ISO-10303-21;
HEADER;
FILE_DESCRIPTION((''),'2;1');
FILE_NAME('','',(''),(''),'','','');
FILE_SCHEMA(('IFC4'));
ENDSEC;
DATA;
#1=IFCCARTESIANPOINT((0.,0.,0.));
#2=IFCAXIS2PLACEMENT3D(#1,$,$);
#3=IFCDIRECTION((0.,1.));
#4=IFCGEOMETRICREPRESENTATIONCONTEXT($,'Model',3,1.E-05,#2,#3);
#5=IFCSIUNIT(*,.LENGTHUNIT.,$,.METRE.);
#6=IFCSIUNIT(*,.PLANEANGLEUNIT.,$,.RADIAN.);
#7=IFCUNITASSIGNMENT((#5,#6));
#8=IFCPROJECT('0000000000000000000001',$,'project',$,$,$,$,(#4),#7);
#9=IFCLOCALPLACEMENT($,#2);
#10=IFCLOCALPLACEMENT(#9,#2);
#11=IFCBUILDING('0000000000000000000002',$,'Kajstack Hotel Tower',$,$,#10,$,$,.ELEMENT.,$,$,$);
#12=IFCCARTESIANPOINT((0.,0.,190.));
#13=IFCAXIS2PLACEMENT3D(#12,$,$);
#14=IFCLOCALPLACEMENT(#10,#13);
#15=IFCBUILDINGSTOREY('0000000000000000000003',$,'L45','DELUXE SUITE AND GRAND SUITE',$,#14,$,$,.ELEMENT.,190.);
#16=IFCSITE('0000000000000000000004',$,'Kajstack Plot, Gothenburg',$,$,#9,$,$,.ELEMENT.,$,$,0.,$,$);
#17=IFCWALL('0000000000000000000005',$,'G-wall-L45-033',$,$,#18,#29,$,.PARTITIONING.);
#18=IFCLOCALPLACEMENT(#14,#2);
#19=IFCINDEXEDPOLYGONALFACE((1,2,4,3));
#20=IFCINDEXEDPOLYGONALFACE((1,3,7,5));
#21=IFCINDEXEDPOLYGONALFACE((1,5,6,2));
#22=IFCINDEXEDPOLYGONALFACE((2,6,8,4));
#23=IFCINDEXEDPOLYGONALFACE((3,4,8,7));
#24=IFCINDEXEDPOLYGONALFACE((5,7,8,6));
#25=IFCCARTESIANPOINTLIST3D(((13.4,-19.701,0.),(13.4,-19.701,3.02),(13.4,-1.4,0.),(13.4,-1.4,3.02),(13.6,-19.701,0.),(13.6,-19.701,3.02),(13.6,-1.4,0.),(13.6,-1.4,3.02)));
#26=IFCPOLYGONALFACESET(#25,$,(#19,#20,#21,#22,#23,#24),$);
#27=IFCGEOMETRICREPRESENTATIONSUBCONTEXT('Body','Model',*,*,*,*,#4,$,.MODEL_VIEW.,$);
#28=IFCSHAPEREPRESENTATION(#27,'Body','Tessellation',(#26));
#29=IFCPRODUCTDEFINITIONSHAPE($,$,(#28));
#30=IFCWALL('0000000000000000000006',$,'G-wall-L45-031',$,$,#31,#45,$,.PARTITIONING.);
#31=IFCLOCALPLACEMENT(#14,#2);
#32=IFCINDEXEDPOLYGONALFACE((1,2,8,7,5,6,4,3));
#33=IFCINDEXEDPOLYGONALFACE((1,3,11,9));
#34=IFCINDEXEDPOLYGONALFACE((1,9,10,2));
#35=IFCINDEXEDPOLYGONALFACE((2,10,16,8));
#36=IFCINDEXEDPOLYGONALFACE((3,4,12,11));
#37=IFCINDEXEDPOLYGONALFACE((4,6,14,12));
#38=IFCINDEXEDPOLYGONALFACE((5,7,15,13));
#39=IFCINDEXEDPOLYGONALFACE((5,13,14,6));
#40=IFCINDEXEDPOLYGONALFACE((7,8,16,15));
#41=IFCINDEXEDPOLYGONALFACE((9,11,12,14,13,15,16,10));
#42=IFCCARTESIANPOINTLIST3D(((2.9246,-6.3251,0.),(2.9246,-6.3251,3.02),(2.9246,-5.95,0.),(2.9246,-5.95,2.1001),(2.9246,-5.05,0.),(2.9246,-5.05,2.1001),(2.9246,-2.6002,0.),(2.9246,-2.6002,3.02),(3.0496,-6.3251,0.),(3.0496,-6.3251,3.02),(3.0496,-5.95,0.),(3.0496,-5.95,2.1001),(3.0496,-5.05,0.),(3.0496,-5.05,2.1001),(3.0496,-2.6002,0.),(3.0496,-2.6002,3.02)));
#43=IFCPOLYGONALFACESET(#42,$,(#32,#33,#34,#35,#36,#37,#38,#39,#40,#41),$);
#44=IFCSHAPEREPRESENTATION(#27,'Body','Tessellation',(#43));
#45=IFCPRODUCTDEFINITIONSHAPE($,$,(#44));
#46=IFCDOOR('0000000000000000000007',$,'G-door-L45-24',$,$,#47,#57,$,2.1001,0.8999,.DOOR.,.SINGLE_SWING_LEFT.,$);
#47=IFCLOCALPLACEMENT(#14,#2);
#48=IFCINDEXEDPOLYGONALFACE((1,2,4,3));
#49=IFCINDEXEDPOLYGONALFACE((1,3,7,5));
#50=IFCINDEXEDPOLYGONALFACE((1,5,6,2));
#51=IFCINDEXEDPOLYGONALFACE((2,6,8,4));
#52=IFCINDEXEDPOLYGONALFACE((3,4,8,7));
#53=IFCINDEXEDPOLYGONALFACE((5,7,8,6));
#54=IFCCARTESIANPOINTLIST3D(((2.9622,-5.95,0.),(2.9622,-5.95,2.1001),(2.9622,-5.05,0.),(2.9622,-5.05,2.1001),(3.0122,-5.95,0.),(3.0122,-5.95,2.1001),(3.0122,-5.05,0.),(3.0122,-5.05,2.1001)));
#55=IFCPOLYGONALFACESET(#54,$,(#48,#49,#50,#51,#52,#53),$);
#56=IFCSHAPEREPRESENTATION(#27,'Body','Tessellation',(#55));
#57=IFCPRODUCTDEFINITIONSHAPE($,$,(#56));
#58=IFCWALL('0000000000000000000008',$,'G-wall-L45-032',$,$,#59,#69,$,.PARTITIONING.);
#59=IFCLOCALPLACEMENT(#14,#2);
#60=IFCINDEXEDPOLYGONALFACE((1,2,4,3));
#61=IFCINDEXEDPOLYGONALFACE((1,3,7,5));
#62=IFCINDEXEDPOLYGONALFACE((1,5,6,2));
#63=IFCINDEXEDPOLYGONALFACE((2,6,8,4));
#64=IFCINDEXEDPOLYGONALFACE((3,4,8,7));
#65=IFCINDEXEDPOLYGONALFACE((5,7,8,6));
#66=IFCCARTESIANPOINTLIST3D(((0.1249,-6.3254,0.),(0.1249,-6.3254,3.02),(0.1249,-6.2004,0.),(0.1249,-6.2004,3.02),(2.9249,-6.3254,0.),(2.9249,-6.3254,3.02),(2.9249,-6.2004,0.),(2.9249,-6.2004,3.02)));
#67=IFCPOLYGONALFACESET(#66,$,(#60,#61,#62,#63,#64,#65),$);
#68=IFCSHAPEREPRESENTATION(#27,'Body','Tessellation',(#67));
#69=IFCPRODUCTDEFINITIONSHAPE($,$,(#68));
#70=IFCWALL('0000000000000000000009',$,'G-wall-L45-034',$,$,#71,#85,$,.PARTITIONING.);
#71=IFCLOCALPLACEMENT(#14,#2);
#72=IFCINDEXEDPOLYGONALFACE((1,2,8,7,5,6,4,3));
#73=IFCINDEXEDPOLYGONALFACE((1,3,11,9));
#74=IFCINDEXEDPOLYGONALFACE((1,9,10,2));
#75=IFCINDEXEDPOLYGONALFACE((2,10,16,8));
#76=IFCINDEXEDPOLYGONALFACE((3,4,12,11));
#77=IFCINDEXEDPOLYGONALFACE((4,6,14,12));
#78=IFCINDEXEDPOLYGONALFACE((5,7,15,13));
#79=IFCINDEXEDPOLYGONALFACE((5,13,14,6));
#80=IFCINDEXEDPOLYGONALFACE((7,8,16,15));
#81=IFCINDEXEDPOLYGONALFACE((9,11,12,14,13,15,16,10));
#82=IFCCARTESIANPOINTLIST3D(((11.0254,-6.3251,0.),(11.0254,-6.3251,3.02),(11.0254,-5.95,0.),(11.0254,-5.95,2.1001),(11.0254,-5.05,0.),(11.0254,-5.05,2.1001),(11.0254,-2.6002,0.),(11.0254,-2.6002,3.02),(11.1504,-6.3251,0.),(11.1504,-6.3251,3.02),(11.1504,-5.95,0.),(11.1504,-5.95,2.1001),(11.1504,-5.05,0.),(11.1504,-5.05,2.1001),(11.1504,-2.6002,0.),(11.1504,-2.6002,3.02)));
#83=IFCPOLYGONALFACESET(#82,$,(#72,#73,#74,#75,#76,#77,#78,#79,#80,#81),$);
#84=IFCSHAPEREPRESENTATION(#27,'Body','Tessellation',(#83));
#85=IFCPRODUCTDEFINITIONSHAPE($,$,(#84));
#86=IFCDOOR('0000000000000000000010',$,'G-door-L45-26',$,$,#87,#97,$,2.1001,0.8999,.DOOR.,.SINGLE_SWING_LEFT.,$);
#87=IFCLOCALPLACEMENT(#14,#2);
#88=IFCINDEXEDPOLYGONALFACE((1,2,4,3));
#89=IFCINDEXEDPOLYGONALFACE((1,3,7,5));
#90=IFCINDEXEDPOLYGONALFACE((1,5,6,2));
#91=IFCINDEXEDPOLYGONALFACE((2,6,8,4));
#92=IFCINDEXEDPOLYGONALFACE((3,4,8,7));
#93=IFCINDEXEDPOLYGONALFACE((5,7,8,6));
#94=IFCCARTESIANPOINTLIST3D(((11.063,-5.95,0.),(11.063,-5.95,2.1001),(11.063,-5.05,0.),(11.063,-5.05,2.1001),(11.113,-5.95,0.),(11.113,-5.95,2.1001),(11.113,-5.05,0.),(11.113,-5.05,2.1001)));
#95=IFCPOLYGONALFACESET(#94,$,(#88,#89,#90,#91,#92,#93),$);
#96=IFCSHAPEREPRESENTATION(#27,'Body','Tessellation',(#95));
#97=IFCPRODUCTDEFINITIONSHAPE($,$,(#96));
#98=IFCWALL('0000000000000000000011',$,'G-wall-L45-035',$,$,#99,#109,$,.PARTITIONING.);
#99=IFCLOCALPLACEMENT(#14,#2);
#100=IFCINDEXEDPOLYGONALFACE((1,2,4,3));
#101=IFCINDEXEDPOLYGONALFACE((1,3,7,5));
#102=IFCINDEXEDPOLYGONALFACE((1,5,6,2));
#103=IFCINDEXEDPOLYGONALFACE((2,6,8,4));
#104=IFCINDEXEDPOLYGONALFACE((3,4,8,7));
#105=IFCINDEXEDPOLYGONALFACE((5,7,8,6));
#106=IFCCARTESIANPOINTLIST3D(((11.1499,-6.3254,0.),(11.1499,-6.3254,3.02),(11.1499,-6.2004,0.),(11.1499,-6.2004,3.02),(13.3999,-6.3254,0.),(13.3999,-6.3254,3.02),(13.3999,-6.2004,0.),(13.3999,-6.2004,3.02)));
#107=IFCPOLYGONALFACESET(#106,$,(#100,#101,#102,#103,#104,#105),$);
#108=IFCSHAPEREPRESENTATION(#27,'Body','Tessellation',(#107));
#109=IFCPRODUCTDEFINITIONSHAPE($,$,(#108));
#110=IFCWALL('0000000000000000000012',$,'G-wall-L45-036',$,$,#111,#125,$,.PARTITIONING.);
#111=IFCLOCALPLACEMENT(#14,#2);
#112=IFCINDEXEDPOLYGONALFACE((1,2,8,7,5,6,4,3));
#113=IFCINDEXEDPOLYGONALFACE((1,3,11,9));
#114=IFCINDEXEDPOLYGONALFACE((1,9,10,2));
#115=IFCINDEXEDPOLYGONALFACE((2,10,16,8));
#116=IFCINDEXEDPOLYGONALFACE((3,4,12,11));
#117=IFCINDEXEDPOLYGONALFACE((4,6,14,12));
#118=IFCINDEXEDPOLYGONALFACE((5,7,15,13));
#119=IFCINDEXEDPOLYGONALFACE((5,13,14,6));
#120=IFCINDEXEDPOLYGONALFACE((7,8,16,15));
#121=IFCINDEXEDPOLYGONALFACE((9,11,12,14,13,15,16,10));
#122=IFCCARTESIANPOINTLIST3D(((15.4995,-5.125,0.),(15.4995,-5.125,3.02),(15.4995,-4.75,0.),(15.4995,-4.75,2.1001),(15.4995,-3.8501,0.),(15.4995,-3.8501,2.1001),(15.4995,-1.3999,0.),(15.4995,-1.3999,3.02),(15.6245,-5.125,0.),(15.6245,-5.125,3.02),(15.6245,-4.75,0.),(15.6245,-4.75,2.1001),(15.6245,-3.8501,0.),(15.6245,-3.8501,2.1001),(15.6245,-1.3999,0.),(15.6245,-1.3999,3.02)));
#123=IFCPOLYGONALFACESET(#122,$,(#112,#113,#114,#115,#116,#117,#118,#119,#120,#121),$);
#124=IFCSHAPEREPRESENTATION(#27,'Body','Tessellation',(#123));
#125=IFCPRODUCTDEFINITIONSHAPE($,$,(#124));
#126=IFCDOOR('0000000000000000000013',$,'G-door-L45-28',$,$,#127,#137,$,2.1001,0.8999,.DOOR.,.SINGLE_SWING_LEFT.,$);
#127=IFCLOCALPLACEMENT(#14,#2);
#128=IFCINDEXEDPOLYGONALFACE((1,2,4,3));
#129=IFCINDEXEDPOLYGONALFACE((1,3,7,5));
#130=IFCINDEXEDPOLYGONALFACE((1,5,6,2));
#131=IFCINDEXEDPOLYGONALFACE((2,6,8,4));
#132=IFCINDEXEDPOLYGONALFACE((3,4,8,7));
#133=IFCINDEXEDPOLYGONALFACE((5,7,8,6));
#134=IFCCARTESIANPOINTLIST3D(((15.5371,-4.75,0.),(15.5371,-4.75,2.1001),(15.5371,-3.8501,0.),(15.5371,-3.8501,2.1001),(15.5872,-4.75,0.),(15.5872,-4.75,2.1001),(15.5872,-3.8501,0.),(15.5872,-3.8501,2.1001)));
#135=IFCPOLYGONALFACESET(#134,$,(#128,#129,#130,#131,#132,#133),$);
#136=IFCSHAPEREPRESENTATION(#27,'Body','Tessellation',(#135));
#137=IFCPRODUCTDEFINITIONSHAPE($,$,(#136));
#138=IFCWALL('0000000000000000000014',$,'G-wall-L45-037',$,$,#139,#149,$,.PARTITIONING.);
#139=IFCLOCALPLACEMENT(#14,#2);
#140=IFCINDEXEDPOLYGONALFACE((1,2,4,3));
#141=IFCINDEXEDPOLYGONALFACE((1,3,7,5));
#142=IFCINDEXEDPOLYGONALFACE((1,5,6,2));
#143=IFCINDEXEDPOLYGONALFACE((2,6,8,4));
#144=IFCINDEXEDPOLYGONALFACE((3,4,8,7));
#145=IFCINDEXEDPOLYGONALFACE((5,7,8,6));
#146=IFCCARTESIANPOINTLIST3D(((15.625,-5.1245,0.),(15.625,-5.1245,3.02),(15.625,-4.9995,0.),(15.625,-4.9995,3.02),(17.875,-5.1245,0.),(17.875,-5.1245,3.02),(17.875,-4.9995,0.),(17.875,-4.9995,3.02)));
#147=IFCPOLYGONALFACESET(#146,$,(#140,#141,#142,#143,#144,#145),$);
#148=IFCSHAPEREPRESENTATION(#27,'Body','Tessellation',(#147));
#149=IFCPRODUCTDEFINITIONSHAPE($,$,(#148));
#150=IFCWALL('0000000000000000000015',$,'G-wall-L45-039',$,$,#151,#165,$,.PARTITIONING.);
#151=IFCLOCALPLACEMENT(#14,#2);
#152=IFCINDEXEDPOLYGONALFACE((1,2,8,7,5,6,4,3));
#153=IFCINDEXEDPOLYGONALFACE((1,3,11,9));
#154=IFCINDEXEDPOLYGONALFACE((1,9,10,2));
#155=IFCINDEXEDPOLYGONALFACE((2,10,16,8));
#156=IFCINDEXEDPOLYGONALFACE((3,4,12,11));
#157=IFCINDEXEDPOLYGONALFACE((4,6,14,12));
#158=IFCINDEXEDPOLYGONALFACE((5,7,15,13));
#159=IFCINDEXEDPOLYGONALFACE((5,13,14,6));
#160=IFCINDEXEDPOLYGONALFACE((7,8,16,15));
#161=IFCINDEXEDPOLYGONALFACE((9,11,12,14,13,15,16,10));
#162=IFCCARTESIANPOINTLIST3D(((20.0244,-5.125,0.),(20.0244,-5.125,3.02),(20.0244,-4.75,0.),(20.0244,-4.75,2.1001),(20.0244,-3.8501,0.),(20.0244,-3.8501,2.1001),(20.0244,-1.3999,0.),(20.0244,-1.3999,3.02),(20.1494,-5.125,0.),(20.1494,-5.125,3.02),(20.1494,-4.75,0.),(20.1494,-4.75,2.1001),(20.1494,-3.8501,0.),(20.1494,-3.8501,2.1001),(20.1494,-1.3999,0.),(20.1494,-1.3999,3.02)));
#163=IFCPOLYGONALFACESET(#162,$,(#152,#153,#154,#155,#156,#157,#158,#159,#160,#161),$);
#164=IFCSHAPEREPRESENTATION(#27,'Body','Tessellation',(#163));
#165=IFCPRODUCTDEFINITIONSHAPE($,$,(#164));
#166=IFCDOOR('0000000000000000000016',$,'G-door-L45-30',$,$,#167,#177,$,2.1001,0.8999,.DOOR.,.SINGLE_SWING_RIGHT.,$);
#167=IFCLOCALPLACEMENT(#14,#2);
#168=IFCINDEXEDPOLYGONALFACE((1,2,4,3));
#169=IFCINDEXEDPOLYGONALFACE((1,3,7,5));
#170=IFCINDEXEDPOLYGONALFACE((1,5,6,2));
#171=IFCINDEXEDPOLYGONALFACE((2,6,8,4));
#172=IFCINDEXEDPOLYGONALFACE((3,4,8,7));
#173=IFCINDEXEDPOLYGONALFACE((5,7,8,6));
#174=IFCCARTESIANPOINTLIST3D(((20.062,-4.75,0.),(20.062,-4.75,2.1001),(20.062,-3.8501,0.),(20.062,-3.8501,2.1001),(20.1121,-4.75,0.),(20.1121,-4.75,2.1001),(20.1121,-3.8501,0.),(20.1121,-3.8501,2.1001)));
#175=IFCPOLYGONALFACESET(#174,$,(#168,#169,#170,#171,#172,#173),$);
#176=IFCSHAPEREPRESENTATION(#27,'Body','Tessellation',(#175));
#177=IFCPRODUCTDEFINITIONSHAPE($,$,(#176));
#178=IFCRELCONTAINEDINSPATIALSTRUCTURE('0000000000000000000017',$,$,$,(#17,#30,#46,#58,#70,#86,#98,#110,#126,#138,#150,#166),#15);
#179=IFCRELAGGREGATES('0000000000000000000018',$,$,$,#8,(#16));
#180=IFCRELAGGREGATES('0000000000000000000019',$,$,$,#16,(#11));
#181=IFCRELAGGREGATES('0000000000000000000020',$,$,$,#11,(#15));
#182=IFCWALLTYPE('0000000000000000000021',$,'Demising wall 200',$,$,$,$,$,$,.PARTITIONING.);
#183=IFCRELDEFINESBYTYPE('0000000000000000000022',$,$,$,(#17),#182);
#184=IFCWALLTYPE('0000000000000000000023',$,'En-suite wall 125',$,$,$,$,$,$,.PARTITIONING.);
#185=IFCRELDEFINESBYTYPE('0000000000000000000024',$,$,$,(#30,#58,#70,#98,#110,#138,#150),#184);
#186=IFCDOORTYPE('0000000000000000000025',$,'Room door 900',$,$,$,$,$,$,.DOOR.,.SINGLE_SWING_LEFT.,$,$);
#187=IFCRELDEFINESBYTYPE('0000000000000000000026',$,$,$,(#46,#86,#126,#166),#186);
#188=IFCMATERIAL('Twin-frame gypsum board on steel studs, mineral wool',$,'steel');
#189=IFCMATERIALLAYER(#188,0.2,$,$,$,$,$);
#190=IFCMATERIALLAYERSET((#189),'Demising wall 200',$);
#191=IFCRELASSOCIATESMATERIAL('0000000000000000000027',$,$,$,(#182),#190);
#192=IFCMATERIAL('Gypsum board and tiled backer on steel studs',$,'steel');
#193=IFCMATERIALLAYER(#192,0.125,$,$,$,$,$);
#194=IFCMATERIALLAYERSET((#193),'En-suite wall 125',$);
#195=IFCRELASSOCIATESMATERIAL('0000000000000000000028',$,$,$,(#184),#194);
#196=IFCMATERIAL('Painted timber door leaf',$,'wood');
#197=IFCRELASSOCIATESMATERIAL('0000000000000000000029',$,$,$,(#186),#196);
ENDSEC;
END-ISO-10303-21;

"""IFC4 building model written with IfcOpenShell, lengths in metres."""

from ifc_helpers import new_model, si_unit, direction, frame, frame_2d, origin, place, context, subcontext, project, spatial, rectangle, extrude, material, layer, layer_set, type_object, element, fill, save


model = new_model("IFC4")

# Units and contexts
model_context = context("Model", 3, precision=1e-05, world=origin(), true_north=direction((0.0, 1.0)))
body_context = subcontext(model_context, "Body", "Model", "MODEL_VIEW")
ifc_project = project(units=[si_unit("LENGTHUNIT", "METRE"), si_unit("PLANEANGLEUNIT", "RADIAN")], contexts=[model_context])

# Site, building, storey
site_placement = place(None, origin())
site = spatial("IfcSite", under=ifc_project, at=site_placement, Name="Kajstack Plot, Gothenburg", CompositionType="ELEMENT", RefElevation=0.0)
building_placement = place(site_placement, origin())
building = spatial("IfcBuilding", under=site, at=building_placement, Name="Kajstack Hotel Tower", CompositionType="ELEMENT")
storey_placement = place(building_placement, frame((0.0, 0.0, 190.0)))
storey = spatial("IfcBuildingStorey", under=building, at=storey_placement, Name="L45", Description="DELUXE SUITE AND GRAND SUITE", CompositionType="ELEMENT", Elevation=190.0)

# Wall
ifc_material_1 = material(Name="Twin-frame gypsum board on steel studs, mineral wool", Category="steel")
ifc_layer_1 = layer(ifc_material_1, 0.2)
ifc_layer_set_1 = layer_set([ifc_layer_1], Name="Demising wall 200")
wall_type_1 = type_object("IfcWallType", Name="Demising wall 200", PredefinedType="PARTITIONING", material=ifc_layer_set_1)
wall_1_placement = place(storey_placement, frame((13.5, -19.7009, 0.0), z_axis=(0.0, 0.0, 1.0), x_axis=(0.0, 1.0, 0.0)))
element("IfcWall", 1, at=wall_1_placement, inside=storey, type_object=wall_type_1, Name="G-wall-L45-033", PredefinedType="PARTITIONING", context=body_context, shape_type="SweptSolid", body=[
    extrude(rectangle(XDim=18.301, YDim=0.2, at=frame_2d((9.1504, 0.0))), origin(), (0.0, 0.0, 1.0), 3.02),
])

# Wall, opening, door
ifc_material_2 = material(Name="Gypsum board and tiled backer on steel studs", Category="steel")
ifc_layer_2 = layer(ifc_material_2, 0.125)
ifc_layer_set_2 = layer_set([ifc_layer_2], Name="En-suite wall 125")
wall_type_2 = type_object("IfcWallType", Name="En-suite wall 125", PredefinedType="PARTITIONING", material=ifc_layer_set_2)
wall_2_placement = place(storey_placement, frame((2.9871, -6.325, 0.0), z_axis=(0.0, 0.0, 1.0), x_axis=(0.0, 1.0, 0.0)))
wall_2 = element("IfcWall", 2, at=wall_2_placement, inside=storey, type_object=wall_type_2, Name="G-wall-L45-031", PredefinedType="PARTITIONING", context=body_context, shape_type="SweptSolid", body=[
    extrude(rectangle(XDim=3.7249, YDim=0.125, at=frame_2d((1.8623, 0.0))), origin(), (0.0, 0.0, 1.0), 3.02),
])
opening_1_placement = place(wall_2_placement, frame((0.375, 0.0, 0.0)))
opening_1 = element("IfcOpeningElement", 3, at=opening_1_placement, cuts=wall_2, PredefinedType="OPENING", context=body_context, shape_type="SweptSolid", body=[
    extrude(rectangle(XDim=0.8999, YDim=2.1001, at=frame_2d((0.45, 1.05))), frame((0.0, 0.0725, 0.0), z_axis=(0.0, -1.0, 0.0), x_axis=(1.0, 0.0, 0.0)), (0.0, 0.0, 1.0), 0.145),
])
ifc_material_3 = material(Name="Painted timber door leaf", Category="wood")
door_type = type_object("IfcDoorType", Name="Room door 900", OperationType="SINGLE_SWING_LEFT", PredefinedType="DOOR", material=ifc_material_3)
door_1_placement = place(opening_1_placement, origin())
door_1 = element("IfcDoor", 4, at=door_1_placement, inside=storey, type_object=door_type, Name="G-door-L45-24", OperationType="SINGLE_SWING_LEFT", OverallHeight=2.1001, OverallWidth=0.8999, PredefinedType="DOOR", context=body_context, shape_type="SweptSolid", body=[
    extrude(rectangle(XDim=0.8999, YDim=2.1001, at=frame_2d((0.45, 1.05))), frame((0.0, 0.0249, 0.0), z_axis=(0.0, -1.0, 0.0), x_axis=(1.0, 0.0, 0.0)), (0.0, 0.0, 1.0), 0.05),
])
fill(opening_1, door_1)

# Wall
wall_3_placement = place(storey_placement, frame((0.125, -6.2629, 0.0), z_axis=(0.0, 0.0, 1.0), x_axis=(1.0, 0.0, 0.0)))
element("IfcWall", 5, at=wall_3_placement, inside=storey, type_object=wall_type_2, Name="G-wall-L45-032", PredefinedType="PARTITIONING", context=body_context, shape_type="SweptSolid", body=[
    extrude(rectangle(XDim=2.8, YDim=0.125, at=frame_2d((1.3999, 0.0))), origin(), (0.0, 0.0, 1.0), 3.02),
])

# Wall, opening, door
wall_4_placement = place(storey_placement, frame((11.0879, -6.325, 0.0), z_axis=(0.0, 0.0, 1.0), x_axis=(0.0, 1.0, 0.0)))
wall_4 = element("IfcWall", 6, at=wall_4_placement, inside=storey, type_object=wall_type_2, Name="G-wall-L45-034", PredefinedType="PARTITIONING", context=body_context, shape_type="SweptSolid", body=[
    extrude(rectangle(XDim=3.7249, YDim=0.125, at=frame_2d((1.8623, 0.0))), origin(), (0.0, 0.0, 1.0), 3.02),
])
opening_2_placement = place(wall_4_placement, frame((0.375, 0.0, 0.0)))
opening_2 = element("IfcOpeningElement", 7, at=opening_2_placement, cuts=wall_4, PredefinedType="OPENING", context=body_context, shape_type="SweptSolid", body=[
    extrude(rectangle(XDim=0.8999, YDim=2.1001, at=frame_2d((0.45, 1.05))), frame((0.0, 0.0725, 0.0), z_axis=(0.0, -1.0, 0.0), x_axis=(1.0, 0.0, 0.0)), (0.0, 0.0, 1.0), 0.145),
])
door_2_placement = place(opening_2_placement, origin())
door_2 = element("IfcDoor", 8, at=door_2_placement, inside=storey, type_object=door_type, Name="G-door-L45-26", OperationType="SINGLE_SWING_LEFT", OverallHeight=2.1001, OverallWidth=0.8999, PredefinedType="DOOR", context=body_context, shape_type="SweptSolid", body=[
    extrude(rectangle(XDim=0.8999, YDim=2.1001, at=frame_2d((0.45, 1.05))), frame((0.0, 0.0249, 0.0), z_axis=(0.0, -1.0, 0.0), x_axis=(1.0, 0.0, 0.0)), (0.0, 0.0, 1.0), 0.05),
])
fill(opening_2, door_2)

# Wall
wall_5_placement = place(storey_placement, frame((11.1499, -6.2629, 0.0), z_axis=(0.0, 0.0, 1.0), x_axis=(1.0, 0.0, 0.0)))
element("IfcWall", 9, at=wall_5_placement, inside=storey, type_object=wall_type_2, Name="G-wall-L45-035", PredefinedType="PARTITIONING", context=body_context, shape_type="SweptSolid", body=[
    extrude(rectangle(XDim=2.25, YDim=0.125, at=frame_2d((1.125, 0.0))), origin(), (0.0, 0.0, 1.0), 3.02),
])

# Wall, opening, door
wall_6_placement = place(storey_placement, frame((15.562, -5.125, 0.0), z_axis=(0.0, 0.0, 1.0), x_axis=(0.0, 1.0, 0.0)))
wall_6 = element("IfcWall", 10, at=wall_6_placement, inside=storey, type_object=wall_type_2, Name="G-wall-L45-036", PredefinedType="PARTITIONING", context=body_context, shape_type="SweptSolid", body=[
    extrude(rectangle(XDim=3.7251, YDim=0.125, at=frame_2d((1.8625, 0.0))), origin(), (0.0, 0.0, 1.0), 3.02),
])
opening_3_placement = place(wall_6_placement, frame((0.375, 0.0, 0.0)))
opening_3 = element("IfcOpeningElement", 11, at=opening_3_placement, cuts=wall_6, PredefinedType="OPENING", context=body_context, shape_type="SweptSolid", body=[
    extrude(rectangle(XDim=0.8999, YDim=2.1001, at=frame_2d((0.45, 1.05))), frame((0.0, 0.0725, 0.0), z_axis=(0.0, -1.0, 0.0), x_axis=(1.0, 0.0, 0.0)), (0.0, 0.0, 1.0), 0.145),
])
door_3_placement = place(opening_3_placement, origin())
door_3 = element("IfcDoor", 12, at=door_3_placement, inside=storey, type_object=door_type, Name="G-door-L45-28", OperationType="SINGLE_SWING_LEFT", OverallHeight=2.1001, OverallWidth=0.8999, PredefinedType="DOOR", context=body_context, shape_type="SweptSolid", body=[
    extrude(rectangle(XDim=0.8999, YDim=2.1001, at=frame_2d((0.45, 1.05))), frame((0.0, 0.0249, 0.0), z_axis=(0.0, -1.0, 0.0), x_axis=(1.0, 0.0, 0.0)), (0.0, 0.0, 1.0), 0.05),
])
fill(opening_3, door_3)

# Wall
wall_7_placement = place(storey_placement, frame((15.625, -5.062, 0.0), z_axis=(0.0, 0.0, 1.0), x_axis=(1.0, 0.0, 0.0)))
element("IfcWall", 13, at=wall_7_placement, inside=storey, type_object=wall_type_2, Name="G-wall-L45-037", PredefinedType="PARTITIONING", context=body_context, shape_type="SweptSolid", body=[
    extrude(rectangle(XDim=2.25, YDim=0.125, at=frame_2d((1.125, 0.0))), origin(), (0.0, 0.0, 1.0), 3.02),
])

# Wall, opening, door
wall_8_placement = place(storey_placement, frame((20.0869, -5.125, 0.0), z_axis=(0.0, 0.0, 1.0), x_axis=(0.0, 1.0, 0.0)))
wall_8 = element("IfcWall", 14, at=wall_8_placement, inside=storey, type_object=wall_type_2, Name="G-wall-L45-039", PredefinedType="PARTITIONING", context=body_context, shape_type="SweptSolid", body=[
    extrude(rectangle(XDim=3.7251, YDim=0.125, at=frame_2d((1.8625, 0.0))), origin(), (0.0, 0.0, 1.0), 3.02),
])
opening_4_placement = place(wall_8_placement, frame((0.375, 0.0, 0.0)))
opening_4 = element("IfcOpeningElement", 15, at=opening_4_placement, cuts=wall_8, PredefinedType="OPENING", context=body_context, shape_type="SweptSolid", body=[
    extrude(rectangle(XDim=0.8999, YDim=2.1001, at=frame_2d((0.45, 1.05))), frame((0.0, 0.0725, 0.0), z_axis=(0.0, -1.0, 0.0), x_axis=(1.0, 0.0, 0.0)), (0.0, 0.0, 1.0), 0.145),
])
door_4_placement = place(opening_4_placement, origin())
door_4 = element("IfcDoor", 16, at=door_4_placement, inside=storey, type_object=door_type, Name="G-door-L45-30", OperationType="SINGLE_SWING_RIGHT", OverallHeight=2.1001, OverallWidth=0.8999, PredefinedType="DOOR", context=body_context, shape_type="SweptSolid", body=[
    extrude(rectangle(XDim=0.8999, YDim=2.1001, at=frame_2d((0.45, 1.05))), frame((0.0, 0.0249, 0.0), z_axis=(0.0, -1.0, 0.0), x_axis=(1.0, 0.0, 0.0)), (0.0, 0.0, 1.0), 0.05),
])
fill(opening_4, door_4)

save(model, "model.ifc")
